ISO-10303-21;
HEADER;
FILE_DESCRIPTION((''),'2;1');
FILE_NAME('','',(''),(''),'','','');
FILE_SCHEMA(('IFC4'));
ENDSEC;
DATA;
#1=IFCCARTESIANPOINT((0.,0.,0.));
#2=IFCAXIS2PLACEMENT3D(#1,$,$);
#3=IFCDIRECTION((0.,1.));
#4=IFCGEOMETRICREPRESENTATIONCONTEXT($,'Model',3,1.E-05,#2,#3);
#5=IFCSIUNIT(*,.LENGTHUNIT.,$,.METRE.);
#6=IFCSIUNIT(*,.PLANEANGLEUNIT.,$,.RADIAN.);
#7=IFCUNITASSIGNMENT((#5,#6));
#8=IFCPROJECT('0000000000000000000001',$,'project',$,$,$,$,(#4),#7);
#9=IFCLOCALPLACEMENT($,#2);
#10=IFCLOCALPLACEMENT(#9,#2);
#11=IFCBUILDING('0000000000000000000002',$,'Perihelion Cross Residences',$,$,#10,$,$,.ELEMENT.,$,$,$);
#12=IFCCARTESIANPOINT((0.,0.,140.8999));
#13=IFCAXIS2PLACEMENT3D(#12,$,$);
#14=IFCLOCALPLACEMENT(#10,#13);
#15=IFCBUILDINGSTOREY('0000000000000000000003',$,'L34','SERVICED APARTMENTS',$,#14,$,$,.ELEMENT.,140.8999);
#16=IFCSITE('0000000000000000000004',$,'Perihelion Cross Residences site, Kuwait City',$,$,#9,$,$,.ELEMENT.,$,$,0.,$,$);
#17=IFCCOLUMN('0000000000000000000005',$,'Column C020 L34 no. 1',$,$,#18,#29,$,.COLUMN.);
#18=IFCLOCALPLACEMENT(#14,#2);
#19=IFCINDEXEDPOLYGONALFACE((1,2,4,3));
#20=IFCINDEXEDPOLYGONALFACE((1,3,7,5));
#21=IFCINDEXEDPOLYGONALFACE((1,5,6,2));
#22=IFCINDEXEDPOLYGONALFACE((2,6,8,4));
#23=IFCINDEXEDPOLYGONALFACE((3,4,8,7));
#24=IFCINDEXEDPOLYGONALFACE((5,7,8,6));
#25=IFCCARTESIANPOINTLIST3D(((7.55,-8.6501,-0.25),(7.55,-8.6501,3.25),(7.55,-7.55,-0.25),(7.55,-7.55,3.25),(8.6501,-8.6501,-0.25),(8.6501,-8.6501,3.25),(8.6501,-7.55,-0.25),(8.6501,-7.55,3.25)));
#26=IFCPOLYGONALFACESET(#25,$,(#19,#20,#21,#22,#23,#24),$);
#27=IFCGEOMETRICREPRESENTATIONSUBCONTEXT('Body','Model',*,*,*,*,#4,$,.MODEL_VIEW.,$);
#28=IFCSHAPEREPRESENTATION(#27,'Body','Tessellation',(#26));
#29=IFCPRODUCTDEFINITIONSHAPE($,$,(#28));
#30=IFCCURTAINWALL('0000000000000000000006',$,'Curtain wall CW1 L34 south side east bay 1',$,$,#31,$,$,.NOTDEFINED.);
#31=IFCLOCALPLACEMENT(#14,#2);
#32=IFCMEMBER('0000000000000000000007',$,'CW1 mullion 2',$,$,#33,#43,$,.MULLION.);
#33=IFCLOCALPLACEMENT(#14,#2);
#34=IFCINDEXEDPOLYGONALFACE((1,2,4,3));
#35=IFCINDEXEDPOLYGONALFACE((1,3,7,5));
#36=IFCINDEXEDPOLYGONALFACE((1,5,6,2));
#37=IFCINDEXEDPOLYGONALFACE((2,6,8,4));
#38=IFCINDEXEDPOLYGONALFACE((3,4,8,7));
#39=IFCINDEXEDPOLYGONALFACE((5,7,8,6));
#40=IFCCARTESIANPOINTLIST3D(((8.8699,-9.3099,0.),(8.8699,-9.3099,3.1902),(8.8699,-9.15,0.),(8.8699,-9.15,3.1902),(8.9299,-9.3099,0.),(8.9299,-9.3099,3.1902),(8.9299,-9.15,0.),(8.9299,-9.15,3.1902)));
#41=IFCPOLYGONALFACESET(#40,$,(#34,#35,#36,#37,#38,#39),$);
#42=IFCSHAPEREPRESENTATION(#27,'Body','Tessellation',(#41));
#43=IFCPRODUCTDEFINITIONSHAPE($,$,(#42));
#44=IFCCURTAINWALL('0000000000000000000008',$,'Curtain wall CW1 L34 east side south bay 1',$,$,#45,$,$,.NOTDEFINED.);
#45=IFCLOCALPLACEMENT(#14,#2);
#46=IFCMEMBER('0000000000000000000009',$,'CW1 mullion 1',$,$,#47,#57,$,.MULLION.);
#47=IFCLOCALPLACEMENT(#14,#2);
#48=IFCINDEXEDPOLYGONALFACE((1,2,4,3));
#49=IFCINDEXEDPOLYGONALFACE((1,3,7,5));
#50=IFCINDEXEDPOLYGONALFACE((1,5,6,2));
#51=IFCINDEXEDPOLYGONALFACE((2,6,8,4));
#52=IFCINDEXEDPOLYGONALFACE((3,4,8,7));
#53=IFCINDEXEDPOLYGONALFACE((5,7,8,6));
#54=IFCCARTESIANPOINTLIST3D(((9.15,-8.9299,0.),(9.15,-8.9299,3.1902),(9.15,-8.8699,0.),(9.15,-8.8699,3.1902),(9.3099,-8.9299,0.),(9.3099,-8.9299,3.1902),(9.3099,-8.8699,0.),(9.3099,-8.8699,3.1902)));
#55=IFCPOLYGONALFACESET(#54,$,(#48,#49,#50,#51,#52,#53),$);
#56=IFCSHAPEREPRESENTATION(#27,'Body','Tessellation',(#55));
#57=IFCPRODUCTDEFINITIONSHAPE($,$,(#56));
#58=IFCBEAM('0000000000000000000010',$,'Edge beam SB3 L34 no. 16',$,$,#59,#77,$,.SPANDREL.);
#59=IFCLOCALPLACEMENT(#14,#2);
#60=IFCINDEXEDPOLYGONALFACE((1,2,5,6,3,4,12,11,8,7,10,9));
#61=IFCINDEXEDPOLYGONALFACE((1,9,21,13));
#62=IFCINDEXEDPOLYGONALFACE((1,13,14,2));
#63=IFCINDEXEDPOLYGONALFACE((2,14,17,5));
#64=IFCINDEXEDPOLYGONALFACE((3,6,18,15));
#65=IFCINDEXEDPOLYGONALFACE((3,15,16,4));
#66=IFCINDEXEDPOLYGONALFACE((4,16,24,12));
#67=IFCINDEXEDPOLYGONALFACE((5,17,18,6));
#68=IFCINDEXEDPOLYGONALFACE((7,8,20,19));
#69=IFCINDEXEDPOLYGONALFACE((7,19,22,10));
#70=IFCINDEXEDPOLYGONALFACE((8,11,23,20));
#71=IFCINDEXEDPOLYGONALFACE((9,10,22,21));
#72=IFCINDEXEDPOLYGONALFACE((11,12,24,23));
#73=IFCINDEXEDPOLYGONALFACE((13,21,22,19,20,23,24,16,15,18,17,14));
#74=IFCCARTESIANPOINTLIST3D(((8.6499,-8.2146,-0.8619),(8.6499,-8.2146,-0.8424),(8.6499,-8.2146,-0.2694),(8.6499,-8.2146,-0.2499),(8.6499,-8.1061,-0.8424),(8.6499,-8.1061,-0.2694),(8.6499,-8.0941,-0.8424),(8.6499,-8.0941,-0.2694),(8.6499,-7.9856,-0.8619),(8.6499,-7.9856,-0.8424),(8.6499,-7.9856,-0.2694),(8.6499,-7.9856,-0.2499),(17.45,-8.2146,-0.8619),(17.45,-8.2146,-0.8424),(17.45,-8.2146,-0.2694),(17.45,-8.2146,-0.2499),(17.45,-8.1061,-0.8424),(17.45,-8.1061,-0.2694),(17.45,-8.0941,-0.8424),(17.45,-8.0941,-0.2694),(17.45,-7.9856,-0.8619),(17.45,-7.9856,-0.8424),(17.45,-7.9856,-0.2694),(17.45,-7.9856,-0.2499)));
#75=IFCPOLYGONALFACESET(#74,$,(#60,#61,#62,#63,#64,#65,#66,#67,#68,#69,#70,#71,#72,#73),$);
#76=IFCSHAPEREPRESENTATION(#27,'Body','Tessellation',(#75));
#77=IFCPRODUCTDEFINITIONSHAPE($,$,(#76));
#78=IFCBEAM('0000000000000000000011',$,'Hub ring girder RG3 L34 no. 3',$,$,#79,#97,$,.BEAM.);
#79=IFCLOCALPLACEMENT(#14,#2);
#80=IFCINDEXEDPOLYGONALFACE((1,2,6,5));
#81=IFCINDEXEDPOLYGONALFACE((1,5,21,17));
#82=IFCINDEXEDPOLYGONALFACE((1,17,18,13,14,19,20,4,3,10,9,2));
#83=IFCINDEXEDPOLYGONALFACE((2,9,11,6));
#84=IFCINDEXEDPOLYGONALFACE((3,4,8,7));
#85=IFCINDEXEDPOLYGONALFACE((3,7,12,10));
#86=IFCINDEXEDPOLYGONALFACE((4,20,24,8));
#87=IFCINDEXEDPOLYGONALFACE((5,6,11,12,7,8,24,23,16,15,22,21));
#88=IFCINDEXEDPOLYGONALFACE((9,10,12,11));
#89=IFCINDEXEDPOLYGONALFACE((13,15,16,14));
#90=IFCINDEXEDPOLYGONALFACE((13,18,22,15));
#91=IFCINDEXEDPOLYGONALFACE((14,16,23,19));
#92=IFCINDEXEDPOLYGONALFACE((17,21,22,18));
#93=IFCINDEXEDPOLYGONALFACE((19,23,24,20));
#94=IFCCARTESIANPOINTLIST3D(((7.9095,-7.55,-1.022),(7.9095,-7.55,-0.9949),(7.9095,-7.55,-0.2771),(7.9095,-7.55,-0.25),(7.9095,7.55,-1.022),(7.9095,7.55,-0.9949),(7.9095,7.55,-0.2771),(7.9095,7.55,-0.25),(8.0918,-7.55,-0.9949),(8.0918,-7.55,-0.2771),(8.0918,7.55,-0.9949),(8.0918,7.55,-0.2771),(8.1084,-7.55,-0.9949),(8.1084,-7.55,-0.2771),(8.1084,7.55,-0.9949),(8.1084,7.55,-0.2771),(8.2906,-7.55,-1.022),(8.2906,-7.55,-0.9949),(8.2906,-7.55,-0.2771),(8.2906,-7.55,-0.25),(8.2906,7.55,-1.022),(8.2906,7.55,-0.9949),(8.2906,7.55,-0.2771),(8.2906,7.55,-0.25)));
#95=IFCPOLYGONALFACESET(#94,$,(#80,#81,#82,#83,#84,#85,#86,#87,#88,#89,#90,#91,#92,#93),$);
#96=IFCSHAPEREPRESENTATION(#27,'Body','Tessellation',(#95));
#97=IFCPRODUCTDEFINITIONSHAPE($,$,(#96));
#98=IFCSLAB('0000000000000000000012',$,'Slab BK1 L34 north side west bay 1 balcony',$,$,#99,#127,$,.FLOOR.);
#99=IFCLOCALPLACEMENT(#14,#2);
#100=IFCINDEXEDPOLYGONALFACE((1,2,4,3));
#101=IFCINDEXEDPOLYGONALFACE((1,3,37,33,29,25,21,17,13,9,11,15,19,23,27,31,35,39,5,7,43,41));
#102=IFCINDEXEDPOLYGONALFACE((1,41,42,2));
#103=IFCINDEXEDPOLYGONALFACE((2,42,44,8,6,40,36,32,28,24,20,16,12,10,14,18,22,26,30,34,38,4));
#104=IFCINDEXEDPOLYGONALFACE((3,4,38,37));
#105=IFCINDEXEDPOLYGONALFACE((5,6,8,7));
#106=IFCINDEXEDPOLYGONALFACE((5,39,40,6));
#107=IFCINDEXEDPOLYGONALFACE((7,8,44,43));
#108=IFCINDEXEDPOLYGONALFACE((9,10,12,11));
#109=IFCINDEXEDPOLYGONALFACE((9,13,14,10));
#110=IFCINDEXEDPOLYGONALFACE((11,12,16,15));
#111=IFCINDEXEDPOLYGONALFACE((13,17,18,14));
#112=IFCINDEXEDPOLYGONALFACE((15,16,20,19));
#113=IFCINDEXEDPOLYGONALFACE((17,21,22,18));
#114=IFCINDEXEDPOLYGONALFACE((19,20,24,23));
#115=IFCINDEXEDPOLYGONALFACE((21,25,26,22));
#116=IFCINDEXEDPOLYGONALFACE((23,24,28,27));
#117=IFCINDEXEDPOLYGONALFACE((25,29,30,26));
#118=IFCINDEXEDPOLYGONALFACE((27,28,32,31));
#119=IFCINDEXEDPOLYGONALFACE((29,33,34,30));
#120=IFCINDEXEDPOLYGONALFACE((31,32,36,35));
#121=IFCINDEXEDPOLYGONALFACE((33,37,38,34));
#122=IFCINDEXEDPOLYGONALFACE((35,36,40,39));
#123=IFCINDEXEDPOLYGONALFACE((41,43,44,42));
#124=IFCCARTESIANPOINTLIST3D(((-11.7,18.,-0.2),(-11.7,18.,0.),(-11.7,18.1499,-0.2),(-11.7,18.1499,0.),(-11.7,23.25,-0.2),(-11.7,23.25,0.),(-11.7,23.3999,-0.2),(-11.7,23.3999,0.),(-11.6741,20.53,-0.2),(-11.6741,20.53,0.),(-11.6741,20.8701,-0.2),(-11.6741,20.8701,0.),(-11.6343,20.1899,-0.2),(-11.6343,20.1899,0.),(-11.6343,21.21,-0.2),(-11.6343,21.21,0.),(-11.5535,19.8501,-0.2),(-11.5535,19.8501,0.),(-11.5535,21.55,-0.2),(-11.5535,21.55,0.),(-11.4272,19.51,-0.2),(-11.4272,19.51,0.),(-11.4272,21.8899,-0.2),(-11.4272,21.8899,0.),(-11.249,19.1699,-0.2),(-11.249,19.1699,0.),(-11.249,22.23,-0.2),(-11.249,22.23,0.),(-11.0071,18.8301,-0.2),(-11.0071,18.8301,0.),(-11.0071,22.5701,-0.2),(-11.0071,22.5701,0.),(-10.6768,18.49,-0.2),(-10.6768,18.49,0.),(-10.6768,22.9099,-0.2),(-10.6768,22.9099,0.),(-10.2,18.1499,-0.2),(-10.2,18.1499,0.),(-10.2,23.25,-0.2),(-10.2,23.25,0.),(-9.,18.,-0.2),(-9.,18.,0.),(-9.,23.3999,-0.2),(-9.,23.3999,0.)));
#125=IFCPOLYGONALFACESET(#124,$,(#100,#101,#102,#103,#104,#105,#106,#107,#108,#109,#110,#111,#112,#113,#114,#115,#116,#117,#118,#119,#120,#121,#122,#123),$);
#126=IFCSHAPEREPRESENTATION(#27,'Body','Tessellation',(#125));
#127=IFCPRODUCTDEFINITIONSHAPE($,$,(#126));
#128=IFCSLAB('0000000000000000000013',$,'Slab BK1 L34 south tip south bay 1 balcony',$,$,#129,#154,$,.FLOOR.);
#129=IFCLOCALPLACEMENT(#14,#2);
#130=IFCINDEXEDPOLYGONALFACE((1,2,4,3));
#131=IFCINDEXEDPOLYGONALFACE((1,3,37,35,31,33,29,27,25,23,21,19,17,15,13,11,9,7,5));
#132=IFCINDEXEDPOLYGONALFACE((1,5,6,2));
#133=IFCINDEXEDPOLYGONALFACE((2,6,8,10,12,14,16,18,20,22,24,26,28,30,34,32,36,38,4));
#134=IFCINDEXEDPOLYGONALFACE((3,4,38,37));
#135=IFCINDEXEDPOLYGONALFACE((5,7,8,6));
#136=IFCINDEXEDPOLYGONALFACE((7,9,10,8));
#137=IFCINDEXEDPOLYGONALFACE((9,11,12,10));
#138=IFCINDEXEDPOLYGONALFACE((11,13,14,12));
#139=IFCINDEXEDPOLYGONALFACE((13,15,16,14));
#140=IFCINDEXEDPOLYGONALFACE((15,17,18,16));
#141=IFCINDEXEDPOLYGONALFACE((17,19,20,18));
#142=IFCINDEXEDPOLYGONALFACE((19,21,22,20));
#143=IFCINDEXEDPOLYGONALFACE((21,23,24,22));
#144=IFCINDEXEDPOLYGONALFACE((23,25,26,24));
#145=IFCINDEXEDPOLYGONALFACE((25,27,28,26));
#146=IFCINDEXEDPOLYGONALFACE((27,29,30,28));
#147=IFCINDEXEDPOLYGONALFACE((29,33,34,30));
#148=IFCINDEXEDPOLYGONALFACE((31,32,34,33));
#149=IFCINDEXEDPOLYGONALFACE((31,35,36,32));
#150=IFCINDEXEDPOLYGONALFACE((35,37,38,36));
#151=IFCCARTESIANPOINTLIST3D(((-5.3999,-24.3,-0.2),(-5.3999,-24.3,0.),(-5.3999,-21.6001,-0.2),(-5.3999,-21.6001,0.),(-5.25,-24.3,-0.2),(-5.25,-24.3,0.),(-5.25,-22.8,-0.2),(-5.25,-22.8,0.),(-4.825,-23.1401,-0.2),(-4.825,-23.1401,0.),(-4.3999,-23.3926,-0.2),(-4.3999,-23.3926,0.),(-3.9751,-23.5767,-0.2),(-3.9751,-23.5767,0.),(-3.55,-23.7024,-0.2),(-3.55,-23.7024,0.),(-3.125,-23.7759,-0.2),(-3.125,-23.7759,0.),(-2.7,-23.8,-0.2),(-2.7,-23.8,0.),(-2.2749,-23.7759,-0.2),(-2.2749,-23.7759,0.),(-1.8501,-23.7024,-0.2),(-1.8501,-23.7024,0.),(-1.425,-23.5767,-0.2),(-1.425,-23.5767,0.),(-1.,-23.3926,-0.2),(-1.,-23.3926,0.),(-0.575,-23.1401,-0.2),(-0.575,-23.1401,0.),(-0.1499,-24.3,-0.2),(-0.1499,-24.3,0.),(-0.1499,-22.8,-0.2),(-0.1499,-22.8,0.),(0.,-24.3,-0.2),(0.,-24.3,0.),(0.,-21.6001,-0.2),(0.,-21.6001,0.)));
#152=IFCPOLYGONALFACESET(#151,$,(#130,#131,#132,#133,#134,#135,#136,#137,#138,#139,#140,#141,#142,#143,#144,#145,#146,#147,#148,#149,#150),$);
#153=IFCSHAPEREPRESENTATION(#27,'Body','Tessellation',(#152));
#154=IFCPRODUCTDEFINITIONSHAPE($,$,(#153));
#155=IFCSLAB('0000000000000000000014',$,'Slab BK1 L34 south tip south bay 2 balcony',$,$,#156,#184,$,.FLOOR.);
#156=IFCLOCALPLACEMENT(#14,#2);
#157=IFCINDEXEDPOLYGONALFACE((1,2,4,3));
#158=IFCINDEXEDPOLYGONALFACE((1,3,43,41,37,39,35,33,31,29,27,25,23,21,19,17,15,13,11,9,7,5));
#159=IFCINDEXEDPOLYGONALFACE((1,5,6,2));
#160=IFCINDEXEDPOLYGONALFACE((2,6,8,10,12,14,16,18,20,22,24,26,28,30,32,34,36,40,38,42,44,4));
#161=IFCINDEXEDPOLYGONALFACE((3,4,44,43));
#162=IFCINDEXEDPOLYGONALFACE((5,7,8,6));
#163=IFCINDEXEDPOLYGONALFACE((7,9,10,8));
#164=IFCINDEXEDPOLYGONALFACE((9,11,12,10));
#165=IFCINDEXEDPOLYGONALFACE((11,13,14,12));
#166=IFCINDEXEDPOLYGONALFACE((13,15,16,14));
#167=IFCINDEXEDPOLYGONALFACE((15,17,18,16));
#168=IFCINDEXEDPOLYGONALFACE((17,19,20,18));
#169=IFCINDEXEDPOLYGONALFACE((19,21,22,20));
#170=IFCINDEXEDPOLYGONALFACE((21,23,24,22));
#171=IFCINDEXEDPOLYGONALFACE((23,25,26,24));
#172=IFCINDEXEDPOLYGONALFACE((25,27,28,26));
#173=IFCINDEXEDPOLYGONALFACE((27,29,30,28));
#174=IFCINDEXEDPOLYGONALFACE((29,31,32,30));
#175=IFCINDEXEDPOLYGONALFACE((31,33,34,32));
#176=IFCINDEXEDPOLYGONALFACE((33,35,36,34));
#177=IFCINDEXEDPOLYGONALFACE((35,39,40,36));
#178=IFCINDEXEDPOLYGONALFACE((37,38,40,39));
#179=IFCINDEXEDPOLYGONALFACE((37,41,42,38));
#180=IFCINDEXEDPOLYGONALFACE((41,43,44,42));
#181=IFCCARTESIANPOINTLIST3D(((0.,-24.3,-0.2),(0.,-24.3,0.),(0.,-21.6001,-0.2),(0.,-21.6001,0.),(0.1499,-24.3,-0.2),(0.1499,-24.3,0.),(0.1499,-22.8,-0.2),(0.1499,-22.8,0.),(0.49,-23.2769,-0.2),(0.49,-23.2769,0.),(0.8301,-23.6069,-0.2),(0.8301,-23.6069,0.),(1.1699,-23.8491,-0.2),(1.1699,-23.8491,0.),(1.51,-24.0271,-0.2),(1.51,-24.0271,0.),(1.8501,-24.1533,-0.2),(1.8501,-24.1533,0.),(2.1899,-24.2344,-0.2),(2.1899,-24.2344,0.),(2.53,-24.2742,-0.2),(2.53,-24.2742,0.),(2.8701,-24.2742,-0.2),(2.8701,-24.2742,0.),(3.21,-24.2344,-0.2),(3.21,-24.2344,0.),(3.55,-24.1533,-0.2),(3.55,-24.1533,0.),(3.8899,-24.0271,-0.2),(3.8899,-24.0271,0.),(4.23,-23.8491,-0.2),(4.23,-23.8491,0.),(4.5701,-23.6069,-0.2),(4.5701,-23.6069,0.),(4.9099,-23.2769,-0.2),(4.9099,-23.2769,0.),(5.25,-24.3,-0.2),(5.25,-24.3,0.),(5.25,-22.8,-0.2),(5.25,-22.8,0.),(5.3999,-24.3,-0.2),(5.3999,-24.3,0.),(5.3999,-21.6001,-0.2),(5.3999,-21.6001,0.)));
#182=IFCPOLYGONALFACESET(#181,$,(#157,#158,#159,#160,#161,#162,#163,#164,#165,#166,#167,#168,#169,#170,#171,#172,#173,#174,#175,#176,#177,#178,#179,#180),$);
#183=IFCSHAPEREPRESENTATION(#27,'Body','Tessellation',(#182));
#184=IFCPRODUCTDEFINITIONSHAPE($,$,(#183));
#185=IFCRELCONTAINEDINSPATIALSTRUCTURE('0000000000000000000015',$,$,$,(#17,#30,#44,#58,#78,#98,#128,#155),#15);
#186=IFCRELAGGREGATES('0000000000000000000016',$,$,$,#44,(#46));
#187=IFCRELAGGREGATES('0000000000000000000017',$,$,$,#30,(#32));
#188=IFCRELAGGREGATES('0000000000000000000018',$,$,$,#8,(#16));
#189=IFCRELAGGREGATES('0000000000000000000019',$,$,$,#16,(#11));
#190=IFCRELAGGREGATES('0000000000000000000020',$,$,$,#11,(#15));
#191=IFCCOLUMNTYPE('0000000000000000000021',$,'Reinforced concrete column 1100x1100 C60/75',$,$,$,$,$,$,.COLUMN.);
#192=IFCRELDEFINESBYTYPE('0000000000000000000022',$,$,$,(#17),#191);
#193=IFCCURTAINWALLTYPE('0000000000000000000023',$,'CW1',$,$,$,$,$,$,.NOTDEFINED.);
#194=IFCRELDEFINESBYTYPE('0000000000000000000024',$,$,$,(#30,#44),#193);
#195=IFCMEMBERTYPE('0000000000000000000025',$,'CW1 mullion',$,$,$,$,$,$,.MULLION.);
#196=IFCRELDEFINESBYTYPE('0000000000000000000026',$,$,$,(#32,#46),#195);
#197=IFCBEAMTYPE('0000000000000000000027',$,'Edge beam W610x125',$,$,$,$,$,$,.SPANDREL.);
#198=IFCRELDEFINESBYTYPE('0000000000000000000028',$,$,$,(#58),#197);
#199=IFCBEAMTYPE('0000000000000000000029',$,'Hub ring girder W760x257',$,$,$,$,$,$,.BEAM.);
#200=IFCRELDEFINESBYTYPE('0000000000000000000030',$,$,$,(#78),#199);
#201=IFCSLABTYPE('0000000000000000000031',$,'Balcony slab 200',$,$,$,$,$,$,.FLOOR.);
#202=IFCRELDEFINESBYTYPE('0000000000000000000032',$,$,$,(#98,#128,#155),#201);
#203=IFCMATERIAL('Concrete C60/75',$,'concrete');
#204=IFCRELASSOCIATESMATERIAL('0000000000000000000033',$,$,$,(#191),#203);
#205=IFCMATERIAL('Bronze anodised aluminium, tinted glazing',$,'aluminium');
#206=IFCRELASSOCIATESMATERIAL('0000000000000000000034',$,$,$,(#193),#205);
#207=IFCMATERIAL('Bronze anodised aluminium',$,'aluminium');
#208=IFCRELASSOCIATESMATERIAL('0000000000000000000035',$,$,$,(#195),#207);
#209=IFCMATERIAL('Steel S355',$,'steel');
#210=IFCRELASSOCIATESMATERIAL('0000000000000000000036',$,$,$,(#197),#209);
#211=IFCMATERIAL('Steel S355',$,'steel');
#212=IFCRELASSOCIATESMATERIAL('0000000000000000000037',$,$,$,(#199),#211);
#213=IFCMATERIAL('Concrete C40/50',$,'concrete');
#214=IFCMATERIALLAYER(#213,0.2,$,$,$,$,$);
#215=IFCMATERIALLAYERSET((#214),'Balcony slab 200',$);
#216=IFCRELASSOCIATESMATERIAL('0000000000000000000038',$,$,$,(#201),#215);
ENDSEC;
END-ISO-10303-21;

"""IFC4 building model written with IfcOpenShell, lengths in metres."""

from ifc_helpers import new_model, si_unit, direction, frame, origin, origin_2d, place, context, subcontext, project, spatial, polyline, rectangle, i_section, outline, extrude, material, layer, layer_set, material_profile, profile_set, type_object, element, aggregate, save


model = new_model("IFC4")

# Units and contexts
model_context = context("Model", 3, precision=1e-05, world=origin(), true_north=direction((0.0, 1.0)))
body_context = subcontext(model_context, "Body", "Model", "MODEL_VIEW")
ifc_project = project(units=[si_unit("LENGTHUNIT", "METRE"), si_unit("PLANEANGLEUNIT", "RADIAN")], contexts=[model_context])

# Site, building, storey
site_placement = place(None, origin())
site = spatial("IfcSite", under=ifc_project, at=site_placement, Name="Perihelion Cross Residences site, Kuwait City", CompositionType="ELEMENT", RefElevation=0.0)
building_placement = place(site_placement, origin())
building = spatial("IfcBuilding", under=site, at=building_placement, Name="Perihelion Cross Residences", CompositionType="ELEMENT")
storey_placement = place(building_placement, frame((0.0, 0.0, 140.8999)))
storey = spatial("IfcBuildingStorey", under=building, at=storey_placement, Name="L34", Description="SERVICED APARTMENTS", CompositionType="ELEMENT", Elevation=140.8999)

# Column
ifc_material_1 = material(Name="Concrete C60/75", Category="concrete")
ifc_material_profile_1 = material_profile(ifc_material_1, rectangle(XDim=1.1001, YDim=1.1001, at=origin_2d()), Name="RC 1100x1100")
ifc_profile_set_1 = profile_set([ifc_material_profile_1], Name="Concrete C60/75")
column_type = type_object("IfcColumnType", Name="Reinforced concrete column 1100x1100 C60/75", PredefinedType="COLUMN", material=ifc_profile_set_1)
column_placement = place(storey_placement, frame((8.1001, -8.1001, -0.25), z_axis=(0.0, 0.0, 1.0), x_axis=(1.0, 0.0, 0.0)))
element("IfcColumn", 1, at=column_placement, inside=storey, type_object=column_type, Name="Column C020 L34 no. 1", PredefinedType="COLUMN", context=body_context, shape_type="SweptSolid", body=[
    extrude(rectangle(XDim=1.1001, YDim=1.1001, at=origin_2d()), origin(), (0.0, 0.0, 1.0), 3.5),
])

# Curtain walls, members
ifc_material_2 = material(Name="Bronze anodised aluminium, tinted glazing", Category="aluminium")
curtain_wall_type = type_object("IfcCurtainWallType", Name="CW1", PredefinedType="NOTDEFINED", material=ifc_material_2)
curtain_wall_1_placement = place(storey_placement, origin())
curtain_wall_1 = element("IfcCurtainWall", 2, at=curtain_wall_1_placement, inside=storey, type_object=curtain_wall_type, Name="Curtain wall CW1 L34 south side east bay 1", PredefinedType="NOTDEFINED")
ifc_material_3 = material(Name="Bronze anodised aluminium", Category="aluminium")
ifc_material_profile_2 = material_profile(ifc_material_3, rectangle(XDim=0.0601, YDim=0.1599, at=origin_2d()), Name="CW1 mullion")
ifc_profile_set_2 = profile_set([ifc_material_profile_2], Name="Bronze anodised aluminium")
member_type = type_object("IfcMemberType", Name="CW1 mullion", PredefinedType="MULLION", material=ifc_profile_set_2)
member_1_placement = place(storey_placement, frame((8.8999, -9.23, 0.0), z_axis=(0.0, 0.0, 1.0), x_axis=(-1.0, 0.0, 0.0)))
member_1 = element("IfcMember", 3, at=member_1_placement, type_object=member_type, Name="CW1 mullion 2", PredefinedType="MULLION", context=body_context, shape_type="SweptSolid", body=[
    extrude(rectangle(XDim=0.0601, YDim=0.1599, at=origin_2d()), origin(), (0.0, 0.0, 1.0), 3.1902),
])
curtain_wall_2_placement = place(storey_placement, origin())
curtain_wall_2 = element("IfcCurtainWall", 4, at=curtain_wall_2_placement, inside=storey, type_object=curtain_wall_type, Name="Curtain wall CW1 L34 east side south bay 1", PredefinedType="NOTDEFINED")
member_2_placement = place(storey_placement, frame((9.23, -8.8999, 0.0), z_axis=(0.0, 0.0, 1.0), x_axis=(0.0, 1.0, 0.0)))
member_2 = element("IfcMember", 5, at=member_2_placement, type_object=member_type, Name="CW1 mullion 1", PredefinedType="MULLION", context=body_context, shape_type="SweptSolid", body=[
    extrude(rectangle(XDim=0.0601, YDim=0.1599, at=origin_2d()), origin(), (0.0, 0.0, 1.0), 3.1902),
])
aggregate(curtain_wall_2, [member_2])

# Beams
ifc_material_4 = material(Name="Steel S355", Category="steel")
ifc_material_profile_3 = material_profile(ifc_material_4, i_section(OverallWidth=0.229, OverallDepth=0.6121, WebThickness=0.012, FlangeThickness=0.0195, at=origin_2d()), Name="W610x125")
ifc_profile_set_3 = profile_set([ifc_material_profile_3], Name="Steel S355")
beam_type_1 = type_object("IfcBeamType", Name="Edge beam W610x125", PredefinedType="SPANDREL", material=ifc_profile_set_3)
beam_1_placement = place(storey_placement, frame((8.6499, -8.1001, -0.5559), z_axis=(1.0, 0.0, 0.0), x_axis=(0.0, 1.0, 0.0)))
element("IfcBeam", 6, at=beam_1_placement, inside=storey, type_object=beam_type_1, Name="Edge beam SB3 L34 no. 16", PredefinedType="SPANDREL", context=body_context, shape_type="SweptSolid", body=[
    extrude(i_section(OverallWidth=0.229, OverallDepth=0.6121, WebThickness=0.012, FlangeThickness=0.0195, at=origin_2d()), origin(), (0.0, 0.0, 1.0), 8.8),
])
ifc_material_5 = material(Name="Steel S355", Category="steel")
ifc_material_profile_4 = material_profile(ifc_material_5, i_section(OverallWidth=0.3811, OverallDepth=0.772, WebThickness=0.0166, FlangeThickness=0.0271, at=origin_2d()), Name="W760x257")
ifc_profile_set_4 = profile_set([ifc_material_profile_4], Name="Steel S355")
beam_type_2 = type_object("IfcBeamType", Name="Hub ring girder W760x257", PredefinedType="BEAM", material=ifc_profile_set_4)
beam_2_placement = place(storey_placement, frame((8.1001, -7.55, -0.636), z_axis=(0.0, 1.0, 0.0), x_axis=(-1.0, 0.0, 0.0)))
element("IfcBeam", 7, at=beam_2_placement, inside=storey, type_object=beam_type_2, Name="Hub ring girder RG3 L34 no. 3", PredefinedType="BEAM", context=body_context, shape_type="SweptSolid", body=[
    extrude(i_section(OverallWidth=0.3811, OverallDepth=0.772, WebThickness=0.0166, FlangeThickness=0.0271, at=origin_2d()), origin(), (0.0, 0.0, 1.0), 15.1001),
])

# Slabs
ifc_material_6 = material(Name="Concrete C40/50", Category="concrete")
ifc_layer_1 = layer(ifc_material_6, 0.2)
ifc_layer_set_1 = layer_set([ifc_layer_1], Name="Balcony slab 200")
slab_type_1 = type_object("IfcSlabType", Name="Balcony slab 200", PredefinedType="FLOOR", material=ifc_layer_set_1)
slab_1_placement = place(storey_placement, frame((0.0, 0.0, -0.2)))
element("IfcSlab", 8, at=slab_1_placement, inside=storey, type_object=slab_type_1, Name="Slab BK1 L34 north side west bay 1 balcony", PredefinedType="FLOOR", context=body_context, shape_type="SweptSolid", body=[
    extrude(outline(polyline([(-9.0, 23.3999), (-9.0, 18.0), (-11.7, 18.0), (-11.7, 18.1499), (-10.2, 18.1499), (-10.6768, 18.49), (-11.0071, 18.8301), (-11.249, 19.1699), (-11.4272, 19.51), (-11.5535, 19.8501), (-11.6343, 20.1899), (-11.6741, 20.53), (-11.6741, 20.8701), (-11.6343, 21.21), (-11.5535, 21.55), (-11.4272, 21.8899), (-11.249, 22.23), (-11.0071, 22.5701), (-10.6768, 22.9099), (-10.2, 23.25), (-11.7, 23.25), (-11.7, 23.3999), (-9.0, 23.3999)])), origin(), (0.0, 0.0, 1.0), 0.2),
])
slab_2_placement = place(storey_placement, frame((0.0, 0.0, -0.2)))
element("IfcSlab", 9, at=slab_2_placement, inside=storey, type_object=slab_type_1, Name="Slab BK1 L34 south tip south bay 1 balcony", PredefinedType="FLOOR", context=body_context, shape_type="SweptSolid", body=[
    extrude(outline(polyline([(-5.3999, -21.6001), (0.0, -21.6001), (0.0, -24.3), (-0.1499, -24.3), (-0.1499, -22.8), (-0.575, -23.1401), (-1.0, -23.3926), (-1.425, -23.5767), (-1.8501, -23.7024), (-2.2749, -23.7759), (-2.7, -23.8), (-3.125, -23.7759), (-3.55, -23.7024), (-3.9751, -23.5767), (-4.3999, -23.3926), (-4.825, -23.1401), (-5.25, -22.8), (-5.25, -24.3), (-5.3999, -24.3), (-5.3999, -21.6001)])), origin(), (0.0, 0.0, 1.0), 0.2),
])
slab_3_placement = place(storey_placement, frame((0.0, 0.0, -0.2)))
element("IfcSlab", 10, at=slab_3_placement, inside=storey, type_object=slab_type_1, Name="Slab BK1 L34 south tip south bay 2 balcony", PredefinedType="FLOOR", context=body_context, shape_type="SweptSolid", body=[
    extrude(outline(polyline([(0.0, -21.6001), (5.3999, -21.6001), (5.3999, -24.3), (5.25, -24.3), (5.25, -22.8), (4.9099, -23.2769), (4.5701, -23.6069), (4.23, -23.8491), (3.8899, -24.0271), (3.55, -24.1533), (3.21, -24.2344), (2.8701, -24.2742), (2.53, -24.2742), (2.1899, -24.2344), (1.8501, -24.1533), (1.51, -24.0271), (1.1699, -23.8491), (0.8301, -23.6069), (0.49, -23.2769), (0.1499, -22.8), (0.1499, -24.3), (0.0, -24.3), (0.0, -21.6001)])), origin(), (0.0, 0.0, 1.0), 0.2),
])

aggregate(curtain_wall_1, [member_1])

save(model, "model.ifc")
